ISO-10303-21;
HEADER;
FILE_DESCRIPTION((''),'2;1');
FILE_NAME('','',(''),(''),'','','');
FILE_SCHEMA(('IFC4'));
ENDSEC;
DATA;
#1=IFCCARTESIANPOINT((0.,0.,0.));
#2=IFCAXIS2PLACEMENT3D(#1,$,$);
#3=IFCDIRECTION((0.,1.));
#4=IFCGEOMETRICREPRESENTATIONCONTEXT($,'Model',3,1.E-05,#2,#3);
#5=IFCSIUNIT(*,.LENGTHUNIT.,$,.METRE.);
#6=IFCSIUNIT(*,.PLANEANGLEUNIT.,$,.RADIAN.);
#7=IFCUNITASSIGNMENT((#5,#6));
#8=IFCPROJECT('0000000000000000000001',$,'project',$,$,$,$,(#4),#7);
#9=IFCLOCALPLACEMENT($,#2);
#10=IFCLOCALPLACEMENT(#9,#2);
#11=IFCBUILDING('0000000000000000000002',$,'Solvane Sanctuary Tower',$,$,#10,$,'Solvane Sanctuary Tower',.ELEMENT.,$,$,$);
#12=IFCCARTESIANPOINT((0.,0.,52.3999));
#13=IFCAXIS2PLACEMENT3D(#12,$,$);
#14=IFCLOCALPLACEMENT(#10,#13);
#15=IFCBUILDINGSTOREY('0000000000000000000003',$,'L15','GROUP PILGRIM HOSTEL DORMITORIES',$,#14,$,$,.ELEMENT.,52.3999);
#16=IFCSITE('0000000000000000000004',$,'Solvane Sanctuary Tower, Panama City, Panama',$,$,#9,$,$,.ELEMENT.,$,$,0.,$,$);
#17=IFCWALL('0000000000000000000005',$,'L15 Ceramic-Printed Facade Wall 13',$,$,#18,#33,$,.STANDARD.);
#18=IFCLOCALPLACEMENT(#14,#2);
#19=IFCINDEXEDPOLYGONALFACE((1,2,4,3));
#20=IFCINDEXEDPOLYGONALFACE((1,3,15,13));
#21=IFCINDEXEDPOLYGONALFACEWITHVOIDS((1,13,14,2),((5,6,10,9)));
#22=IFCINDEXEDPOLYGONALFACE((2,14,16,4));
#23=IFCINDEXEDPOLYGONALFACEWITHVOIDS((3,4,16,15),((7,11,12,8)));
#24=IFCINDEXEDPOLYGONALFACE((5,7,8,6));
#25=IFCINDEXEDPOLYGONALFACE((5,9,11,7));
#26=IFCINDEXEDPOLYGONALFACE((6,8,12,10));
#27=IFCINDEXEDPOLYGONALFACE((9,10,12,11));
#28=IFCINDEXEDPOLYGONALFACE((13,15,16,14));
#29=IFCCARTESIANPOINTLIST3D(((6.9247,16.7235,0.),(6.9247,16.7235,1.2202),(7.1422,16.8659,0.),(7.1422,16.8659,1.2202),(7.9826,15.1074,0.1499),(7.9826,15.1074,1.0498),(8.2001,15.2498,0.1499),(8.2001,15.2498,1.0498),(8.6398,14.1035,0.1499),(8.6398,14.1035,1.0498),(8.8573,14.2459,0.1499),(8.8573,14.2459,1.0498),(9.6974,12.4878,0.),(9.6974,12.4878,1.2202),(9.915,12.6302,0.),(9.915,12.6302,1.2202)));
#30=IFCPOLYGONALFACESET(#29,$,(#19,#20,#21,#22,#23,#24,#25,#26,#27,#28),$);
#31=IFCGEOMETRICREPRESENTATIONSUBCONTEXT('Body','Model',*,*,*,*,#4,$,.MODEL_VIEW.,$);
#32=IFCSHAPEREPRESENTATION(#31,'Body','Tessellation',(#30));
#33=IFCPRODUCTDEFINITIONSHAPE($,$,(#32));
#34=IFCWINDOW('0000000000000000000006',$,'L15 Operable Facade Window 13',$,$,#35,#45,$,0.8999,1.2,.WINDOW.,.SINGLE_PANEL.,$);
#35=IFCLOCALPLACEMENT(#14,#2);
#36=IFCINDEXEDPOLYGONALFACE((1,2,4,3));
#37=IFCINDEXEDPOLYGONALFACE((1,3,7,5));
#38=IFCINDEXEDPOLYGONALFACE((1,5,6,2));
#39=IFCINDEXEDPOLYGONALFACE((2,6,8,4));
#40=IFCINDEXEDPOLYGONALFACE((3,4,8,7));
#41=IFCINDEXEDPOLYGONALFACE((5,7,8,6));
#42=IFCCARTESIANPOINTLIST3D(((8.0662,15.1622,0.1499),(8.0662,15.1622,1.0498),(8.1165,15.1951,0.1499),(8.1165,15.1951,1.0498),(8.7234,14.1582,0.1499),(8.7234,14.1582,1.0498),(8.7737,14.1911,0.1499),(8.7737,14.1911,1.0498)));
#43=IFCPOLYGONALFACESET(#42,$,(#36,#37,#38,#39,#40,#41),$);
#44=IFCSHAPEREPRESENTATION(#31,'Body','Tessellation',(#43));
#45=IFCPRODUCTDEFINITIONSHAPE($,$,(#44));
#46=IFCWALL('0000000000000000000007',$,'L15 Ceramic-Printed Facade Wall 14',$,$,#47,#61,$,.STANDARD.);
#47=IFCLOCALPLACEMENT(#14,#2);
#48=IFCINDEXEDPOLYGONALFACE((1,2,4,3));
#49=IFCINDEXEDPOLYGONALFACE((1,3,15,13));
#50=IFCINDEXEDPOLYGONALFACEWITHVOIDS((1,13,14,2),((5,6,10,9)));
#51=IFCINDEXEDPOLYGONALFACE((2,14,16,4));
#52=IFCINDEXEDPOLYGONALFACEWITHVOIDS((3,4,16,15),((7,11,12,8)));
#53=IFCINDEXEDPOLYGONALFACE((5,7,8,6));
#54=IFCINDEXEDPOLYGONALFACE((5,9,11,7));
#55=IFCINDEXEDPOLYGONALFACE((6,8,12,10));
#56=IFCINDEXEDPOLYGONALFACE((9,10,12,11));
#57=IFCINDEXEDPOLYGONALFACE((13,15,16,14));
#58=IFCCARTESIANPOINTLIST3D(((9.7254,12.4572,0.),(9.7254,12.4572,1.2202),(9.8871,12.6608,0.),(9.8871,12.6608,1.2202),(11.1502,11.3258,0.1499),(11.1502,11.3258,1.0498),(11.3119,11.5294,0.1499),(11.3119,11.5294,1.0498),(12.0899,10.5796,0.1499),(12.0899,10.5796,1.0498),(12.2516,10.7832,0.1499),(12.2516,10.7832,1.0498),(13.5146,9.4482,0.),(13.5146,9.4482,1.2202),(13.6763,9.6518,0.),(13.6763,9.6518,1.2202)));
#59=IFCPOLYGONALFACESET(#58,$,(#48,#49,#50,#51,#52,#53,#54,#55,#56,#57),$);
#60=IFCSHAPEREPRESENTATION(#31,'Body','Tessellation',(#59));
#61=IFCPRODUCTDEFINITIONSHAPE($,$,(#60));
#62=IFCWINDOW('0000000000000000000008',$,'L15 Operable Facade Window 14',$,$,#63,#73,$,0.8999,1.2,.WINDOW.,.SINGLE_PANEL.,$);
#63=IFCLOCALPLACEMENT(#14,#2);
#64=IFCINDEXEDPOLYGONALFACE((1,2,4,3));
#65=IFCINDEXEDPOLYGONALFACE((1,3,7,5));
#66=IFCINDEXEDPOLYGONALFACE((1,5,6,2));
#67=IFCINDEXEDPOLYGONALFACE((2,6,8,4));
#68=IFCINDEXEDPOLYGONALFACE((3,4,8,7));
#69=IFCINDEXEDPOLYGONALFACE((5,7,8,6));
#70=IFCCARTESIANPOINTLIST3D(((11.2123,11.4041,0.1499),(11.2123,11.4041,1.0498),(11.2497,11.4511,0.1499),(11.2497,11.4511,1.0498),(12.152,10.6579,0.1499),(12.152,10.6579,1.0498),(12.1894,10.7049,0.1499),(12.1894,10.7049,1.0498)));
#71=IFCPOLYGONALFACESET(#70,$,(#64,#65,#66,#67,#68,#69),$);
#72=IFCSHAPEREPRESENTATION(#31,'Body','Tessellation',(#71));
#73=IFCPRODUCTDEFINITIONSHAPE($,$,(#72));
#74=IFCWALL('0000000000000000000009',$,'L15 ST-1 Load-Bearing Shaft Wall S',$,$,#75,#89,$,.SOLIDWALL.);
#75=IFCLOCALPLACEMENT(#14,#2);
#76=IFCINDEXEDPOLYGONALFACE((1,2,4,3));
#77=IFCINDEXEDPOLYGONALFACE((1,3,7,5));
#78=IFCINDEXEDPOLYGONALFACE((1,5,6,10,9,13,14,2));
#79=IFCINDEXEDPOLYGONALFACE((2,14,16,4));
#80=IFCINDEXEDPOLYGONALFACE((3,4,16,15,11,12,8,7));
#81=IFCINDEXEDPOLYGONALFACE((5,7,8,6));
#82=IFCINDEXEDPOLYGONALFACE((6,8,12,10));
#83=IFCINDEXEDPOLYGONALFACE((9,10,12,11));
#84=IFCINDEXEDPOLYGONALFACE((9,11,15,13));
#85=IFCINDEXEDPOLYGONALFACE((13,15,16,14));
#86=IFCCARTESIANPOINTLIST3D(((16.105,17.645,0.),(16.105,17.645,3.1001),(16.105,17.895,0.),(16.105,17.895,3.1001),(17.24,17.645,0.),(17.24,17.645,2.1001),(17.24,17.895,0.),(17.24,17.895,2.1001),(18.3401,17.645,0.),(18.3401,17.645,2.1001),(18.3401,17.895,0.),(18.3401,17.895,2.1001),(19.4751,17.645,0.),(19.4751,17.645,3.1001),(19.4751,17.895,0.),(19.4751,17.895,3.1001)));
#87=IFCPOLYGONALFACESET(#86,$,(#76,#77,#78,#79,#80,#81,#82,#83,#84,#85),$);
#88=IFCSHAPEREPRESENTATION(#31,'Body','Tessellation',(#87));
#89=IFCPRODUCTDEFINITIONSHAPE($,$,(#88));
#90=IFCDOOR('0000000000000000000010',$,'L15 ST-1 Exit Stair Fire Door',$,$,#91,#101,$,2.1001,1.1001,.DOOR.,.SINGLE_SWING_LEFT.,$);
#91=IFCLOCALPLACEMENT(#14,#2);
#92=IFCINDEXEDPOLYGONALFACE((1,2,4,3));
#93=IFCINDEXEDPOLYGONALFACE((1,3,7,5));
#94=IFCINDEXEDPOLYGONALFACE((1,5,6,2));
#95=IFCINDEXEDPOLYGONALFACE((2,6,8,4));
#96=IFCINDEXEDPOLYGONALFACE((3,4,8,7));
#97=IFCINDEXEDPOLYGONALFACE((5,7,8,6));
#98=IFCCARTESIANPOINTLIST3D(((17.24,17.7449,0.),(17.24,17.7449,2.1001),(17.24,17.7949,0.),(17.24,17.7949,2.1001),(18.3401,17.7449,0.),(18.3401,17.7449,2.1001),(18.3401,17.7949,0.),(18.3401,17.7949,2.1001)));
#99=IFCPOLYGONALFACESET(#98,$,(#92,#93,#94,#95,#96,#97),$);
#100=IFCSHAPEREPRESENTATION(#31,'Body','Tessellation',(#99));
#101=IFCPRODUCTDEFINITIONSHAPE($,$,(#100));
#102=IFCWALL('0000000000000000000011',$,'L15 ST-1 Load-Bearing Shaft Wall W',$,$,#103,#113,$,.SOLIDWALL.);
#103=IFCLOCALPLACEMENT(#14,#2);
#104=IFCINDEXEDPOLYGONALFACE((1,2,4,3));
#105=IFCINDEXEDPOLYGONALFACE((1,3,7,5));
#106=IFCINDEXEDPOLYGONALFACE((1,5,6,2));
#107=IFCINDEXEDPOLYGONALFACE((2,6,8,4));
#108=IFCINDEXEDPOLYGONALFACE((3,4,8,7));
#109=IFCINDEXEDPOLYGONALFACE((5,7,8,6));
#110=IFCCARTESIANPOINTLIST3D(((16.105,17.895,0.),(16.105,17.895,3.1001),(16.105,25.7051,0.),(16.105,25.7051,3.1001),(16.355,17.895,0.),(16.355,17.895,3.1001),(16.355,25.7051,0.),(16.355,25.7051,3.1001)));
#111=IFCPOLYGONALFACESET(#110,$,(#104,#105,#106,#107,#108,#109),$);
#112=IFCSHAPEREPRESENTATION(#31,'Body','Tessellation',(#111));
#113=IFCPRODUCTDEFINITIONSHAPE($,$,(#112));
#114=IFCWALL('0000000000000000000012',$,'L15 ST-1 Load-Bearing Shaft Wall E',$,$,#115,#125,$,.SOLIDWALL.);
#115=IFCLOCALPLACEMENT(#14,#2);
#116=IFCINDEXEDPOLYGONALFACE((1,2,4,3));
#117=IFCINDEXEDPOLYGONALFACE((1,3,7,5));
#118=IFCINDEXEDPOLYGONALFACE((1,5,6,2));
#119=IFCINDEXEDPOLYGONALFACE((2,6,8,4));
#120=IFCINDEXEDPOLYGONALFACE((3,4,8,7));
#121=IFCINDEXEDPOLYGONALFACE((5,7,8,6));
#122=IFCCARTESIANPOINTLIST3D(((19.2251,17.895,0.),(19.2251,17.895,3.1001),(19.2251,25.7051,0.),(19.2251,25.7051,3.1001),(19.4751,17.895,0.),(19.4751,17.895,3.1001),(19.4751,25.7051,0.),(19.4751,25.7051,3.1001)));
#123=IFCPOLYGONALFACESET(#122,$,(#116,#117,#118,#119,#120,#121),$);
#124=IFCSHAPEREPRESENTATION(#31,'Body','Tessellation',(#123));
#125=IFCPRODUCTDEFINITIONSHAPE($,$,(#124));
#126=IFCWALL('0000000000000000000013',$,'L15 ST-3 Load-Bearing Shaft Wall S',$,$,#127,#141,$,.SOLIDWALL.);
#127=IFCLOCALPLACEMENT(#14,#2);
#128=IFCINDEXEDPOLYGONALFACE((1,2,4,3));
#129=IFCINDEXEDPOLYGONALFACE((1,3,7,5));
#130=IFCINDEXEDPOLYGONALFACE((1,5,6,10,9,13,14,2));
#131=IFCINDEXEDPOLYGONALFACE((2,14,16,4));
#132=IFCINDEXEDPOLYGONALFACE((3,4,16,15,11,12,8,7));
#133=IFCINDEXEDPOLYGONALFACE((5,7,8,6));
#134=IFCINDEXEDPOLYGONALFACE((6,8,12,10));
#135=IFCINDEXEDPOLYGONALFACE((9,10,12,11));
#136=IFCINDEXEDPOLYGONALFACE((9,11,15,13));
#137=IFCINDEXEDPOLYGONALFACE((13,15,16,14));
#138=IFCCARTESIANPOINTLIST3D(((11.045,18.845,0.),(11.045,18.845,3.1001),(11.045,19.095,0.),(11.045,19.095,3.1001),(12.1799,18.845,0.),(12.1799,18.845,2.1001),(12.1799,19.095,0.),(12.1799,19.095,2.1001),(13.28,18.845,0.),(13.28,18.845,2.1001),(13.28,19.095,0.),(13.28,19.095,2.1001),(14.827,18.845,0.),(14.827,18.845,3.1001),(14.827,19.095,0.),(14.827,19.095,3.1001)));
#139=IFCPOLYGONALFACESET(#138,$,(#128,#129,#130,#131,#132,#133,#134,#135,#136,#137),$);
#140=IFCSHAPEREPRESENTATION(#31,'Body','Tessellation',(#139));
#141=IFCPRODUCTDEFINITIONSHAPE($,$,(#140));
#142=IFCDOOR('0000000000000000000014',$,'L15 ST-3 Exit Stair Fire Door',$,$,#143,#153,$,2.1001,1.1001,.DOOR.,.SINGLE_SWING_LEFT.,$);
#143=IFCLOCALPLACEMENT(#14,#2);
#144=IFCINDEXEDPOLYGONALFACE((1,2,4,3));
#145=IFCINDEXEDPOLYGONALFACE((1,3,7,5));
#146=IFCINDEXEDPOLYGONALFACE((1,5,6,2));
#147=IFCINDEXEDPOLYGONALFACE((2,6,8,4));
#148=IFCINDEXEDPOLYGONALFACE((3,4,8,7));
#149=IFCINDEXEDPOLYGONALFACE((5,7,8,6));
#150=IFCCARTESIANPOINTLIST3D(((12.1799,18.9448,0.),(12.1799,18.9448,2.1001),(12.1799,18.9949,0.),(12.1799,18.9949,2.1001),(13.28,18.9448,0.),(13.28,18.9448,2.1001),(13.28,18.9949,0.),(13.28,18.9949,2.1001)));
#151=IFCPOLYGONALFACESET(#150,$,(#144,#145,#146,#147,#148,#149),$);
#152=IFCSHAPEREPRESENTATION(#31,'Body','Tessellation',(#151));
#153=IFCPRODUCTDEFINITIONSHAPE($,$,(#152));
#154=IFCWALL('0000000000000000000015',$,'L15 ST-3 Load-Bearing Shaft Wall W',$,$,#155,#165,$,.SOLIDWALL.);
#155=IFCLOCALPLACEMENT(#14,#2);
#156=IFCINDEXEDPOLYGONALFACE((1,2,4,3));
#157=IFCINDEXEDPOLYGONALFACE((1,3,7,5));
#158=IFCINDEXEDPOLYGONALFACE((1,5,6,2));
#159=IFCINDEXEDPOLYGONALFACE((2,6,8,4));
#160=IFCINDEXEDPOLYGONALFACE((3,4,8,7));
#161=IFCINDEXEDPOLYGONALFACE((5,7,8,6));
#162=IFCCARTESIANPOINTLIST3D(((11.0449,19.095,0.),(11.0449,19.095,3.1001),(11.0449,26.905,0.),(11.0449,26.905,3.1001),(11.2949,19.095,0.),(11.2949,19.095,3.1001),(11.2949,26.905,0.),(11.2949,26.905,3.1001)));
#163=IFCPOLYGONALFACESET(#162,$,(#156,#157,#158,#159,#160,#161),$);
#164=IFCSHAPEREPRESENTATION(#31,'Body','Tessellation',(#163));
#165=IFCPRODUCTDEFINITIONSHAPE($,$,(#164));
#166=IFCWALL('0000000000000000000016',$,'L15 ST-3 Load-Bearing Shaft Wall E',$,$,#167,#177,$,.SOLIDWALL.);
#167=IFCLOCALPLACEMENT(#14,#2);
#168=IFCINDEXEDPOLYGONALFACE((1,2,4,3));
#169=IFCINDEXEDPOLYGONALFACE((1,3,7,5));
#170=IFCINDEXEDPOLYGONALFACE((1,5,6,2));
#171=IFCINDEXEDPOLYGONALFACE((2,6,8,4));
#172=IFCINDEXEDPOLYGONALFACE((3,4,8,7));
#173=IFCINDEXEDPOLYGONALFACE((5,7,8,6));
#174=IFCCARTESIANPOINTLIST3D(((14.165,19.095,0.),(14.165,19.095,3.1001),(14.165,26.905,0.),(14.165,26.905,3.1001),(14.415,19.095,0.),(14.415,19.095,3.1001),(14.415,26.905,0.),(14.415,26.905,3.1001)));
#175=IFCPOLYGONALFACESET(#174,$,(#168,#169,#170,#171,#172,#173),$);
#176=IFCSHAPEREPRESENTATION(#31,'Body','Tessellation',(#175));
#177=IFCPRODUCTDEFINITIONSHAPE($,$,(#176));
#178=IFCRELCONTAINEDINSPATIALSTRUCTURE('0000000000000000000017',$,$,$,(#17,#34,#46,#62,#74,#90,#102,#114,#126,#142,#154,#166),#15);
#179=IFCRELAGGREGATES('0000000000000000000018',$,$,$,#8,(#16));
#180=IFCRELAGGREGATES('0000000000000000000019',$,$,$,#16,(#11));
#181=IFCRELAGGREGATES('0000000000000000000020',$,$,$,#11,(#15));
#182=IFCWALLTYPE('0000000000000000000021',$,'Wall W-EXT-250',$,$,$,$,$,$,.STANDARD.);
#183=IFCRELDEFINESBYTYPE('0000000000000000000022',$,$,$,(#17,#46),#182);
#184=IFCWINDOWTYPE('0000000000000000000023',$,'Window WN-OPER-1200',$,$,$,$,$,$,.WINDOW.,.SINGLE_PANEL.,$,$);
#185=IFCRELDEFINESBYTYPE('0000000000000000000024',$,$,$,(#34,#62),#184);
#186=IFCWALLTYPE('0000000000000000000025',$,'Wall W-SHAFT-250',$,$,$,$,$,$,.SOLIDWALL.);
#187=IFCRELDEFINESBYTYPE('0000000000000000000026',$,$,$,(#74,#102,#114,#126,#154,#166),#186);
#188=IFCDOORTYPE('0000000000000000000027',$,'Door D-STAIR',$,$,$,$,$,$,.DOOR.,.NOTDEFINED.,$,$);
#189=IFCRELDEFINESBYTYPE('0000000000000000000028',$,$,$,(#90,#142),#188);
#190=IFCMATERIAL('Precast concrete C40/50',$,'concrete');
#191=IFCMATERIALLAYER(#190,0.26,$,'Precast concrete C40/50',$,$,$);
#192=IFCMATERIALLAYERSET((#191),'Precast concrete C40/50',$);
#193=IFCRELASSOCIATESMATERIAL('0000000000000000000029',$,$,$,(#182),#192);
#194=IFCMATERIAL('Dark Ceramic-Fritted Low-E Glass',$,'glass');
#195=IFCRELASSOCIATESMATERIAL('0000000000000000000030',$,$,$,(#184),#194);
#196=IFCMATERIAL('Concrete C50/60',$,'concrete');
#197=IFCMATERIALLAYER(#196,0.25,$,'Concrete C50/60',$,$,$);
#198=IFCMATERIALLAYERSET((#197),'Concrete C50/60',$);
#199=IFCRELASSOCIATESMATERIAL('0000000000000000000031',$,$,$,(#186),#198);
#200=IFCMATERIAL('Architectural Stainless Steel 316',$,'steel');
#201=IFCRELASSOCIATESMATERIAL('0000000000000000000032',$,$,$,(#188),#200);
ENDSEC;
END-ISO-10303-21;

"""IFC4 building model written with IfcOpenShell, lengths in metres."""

from ifc_helpers import new_model, si_unit, direction, frame, frame_2d, origin, place, context, subcontext, project, spatial, rectangle, extrude, material, layer, layer_set, type_object, element, fill, save


model = new_model("IFC4")

# Units and contexts
model_context = context("Model", 3, precision=1e-05, world=origin(), true_north=direction((0.0, 1.0)))
body_context = subcontext(model_context, "Body", "Model", "MODEL_VIEW")
ifc_project = project(units=[si_unit("LENGTHUNIT", "METRE"), si_unit("PLANEANGLEUNIT", "RADIAN")], contexts=[model_context])

# Site, building, storey
site_placement = place(None, origin())
site = spatial("IfcSite", under=ifc_project, at=site_placement, Name="Solvane Sanctuary Tower, Panama City, Panama", CompositionType="ELEMENT", RefElevation=0.0)
building_placement = place(site_placement, origin())
building = spatial("IfcBuilding", under=site, at=building_placement, Name="Solvane Sanctuary Tower", LongName="Solvane Sanctuary Tower", CompositionType="ELEMENT")
storey_placement = place(building_placement, frame((0.0, 0.0, 52.3999)))
storey = spatial("IfcBuildingStorey", under=building, at=storey_placement, Name="L15", Description="GROUP PILGRIM HOSTEL DORMITORIES", CompositionType="ELEMENT", Elevation=52.3999)

# Walls, openings, windows
ifc_material_1 = material(Name="Precast concrete C40/50", Category="concrete")
ifc_layer_1 = layer(ifc_material_1, 0.26, Name="Precast concrete C40/50")
ifc_layer_set_1 = layer_set([ifc_layer_1], Name="Precast concrete C40/50")
wall_type_1 = type_object("IfcWallType", Name="Wall W-EXT-250", PredefinedType="STANDARD", material=ifc_layer_set_1)
wall_1_placement = place(storey_placement, frame((7.0334, 16.7947, 0.0), z_axis=(0.0, 0.0, 1.0), x_axis=(0.547703, -0.836673, 0.0)))
wall_1 = element("IfcWall", 1, at=wall_1_placement, inside=storey, type_object=wall_type_1, Name="L15 Ceramic-Printed Facade Wall 13", PredefinedType="STANDARD", context=body_context, shape_type="SweptSolid", body=[
    extrude(rectangle(XDim=5.0625, YDim=0.26, at=frame_2d((2.5312, 0.0))), origin(), (0.0, 0.0, 1.0), 1.2202),
])
opening_1_placement = place(wall_1_placement, frame((1.9314, 0.0, 0.1499)))
opening_1 = element("IfcOpeningElement", 2, at=opening_1_placement, cuts=wall_1, PredefinedType="OPENING", context=body_context, shape_type="SweptSolid", body=[
    extrude(rectangle(XDim=1.2, YDim=0.8999, at=frame_2d((0.6001, 0.45))), frame((0.0, 0.1399, 0.0), z_axis=(0.0, -1.0, 0.0), x_axis=(1.0, 0.0, 0.0)), (0.0, 0.0, 1.0), 0.28),
])
ifc_material_2 = material(Name="Dark Ceramic-Fritted Low-E Glass", Category="glass")
window_type = type_object("IfcWindowType", Name="Window WN-OPER-1200", PartitioningType="SINGLE_PANEL", PredefinedType="WINDOW", material=ifc_material_2)
window_1_placement = place(opening_1_placement, origin())
window_1 = element("IfcWindow", 3, at=window_1_placement, inside=storey, type_object=window_type, Name="L15 Operable Facade Window 13", OverallHeight=0.8999, OverallWidth=1.2, PartitioningType="SINGLE_PANEL", PredefinedType="WINDOW", context=body_context, shape_type="SweptSolid", body=[
    extrude(rectangle(XDim=1.2, YDim=0.8999, at=frame_2d((0.6001, 0.45))), frame((0.0, 0.03, 0.0), z_axis=(0.0, -1.0, 0.0), x_axis=(1.0, 0.0, 0.0)), (0.0, 0.0, 1.0), 0.0601),
])
fill(opening_1, window_1)
wall_2_placement = place(storey_placement, frame((9.8062, 12.5591, 0.0), z_axis=(0.0, 0.0, 1.0), x_axis=(0.783123, -0.621867, 0.0)))
wall_2 = element("IfcWall", 4, at=wall_2_placement, inside=storey, type_object=wall_type_1, Name="L15 Ceramic-Printed Facade Wall 14", PredefinedType="STANDARD", context=body_context, shape_type="SweptSolid", body=[
    extrude(rectangle(XDim=4.8386, YDim=0.26, at=frame_2d((2.4194, 0.0))), origin(), (0.0, 0.0, 1.0), 1.2202),
])
opening_2_placement = place(wall_2_placement, frame((1.8193, 0.0, 0.1499)))
opening_2 = element("IfcOpeningElement", 5, at=opening_2_placement, cuts=wall_2, PredefinedType="OPENING", context=body_context, shape_type="SweptSolid", body=[
    extrude(rectangle(XDim=1.2, YDim=0.8999, at=frame_2d((0.6001, 0.45))), frame((0.0, 0.1399, 0.0), z_axis=(0.0, -1.0, 0.0), x_axis=(1.0, 0.0, 0.0)), (0.0, 0.0, 1.0), 0.28),
])
window_2_placement = place(opening_2_placement, origin())
window_2 = element("IfcWindow", 6, at=window_2_placement, inside=storey, type_object=window_type, Name="L15 Operable Facade Window 14", OverallHeight=0.8999, OverallWidth=1.2, PartitioningType="SINGLE_PANEL", PredefinedType="WINDOW", context=body_context, shape_type="SweptSolid", body=[
    extrude(rectangle(XDim=1.2, YDim=0.8999, at=frame_2d((0.6001, 0.45))), frame((0.0, 0.03, 0.0), z_axis=(0.0, -1.0, 0.0), x_axis=(1.0, 0.0, 0.0)), (0.0, 0.0, 1.0), 0.0601),
])
fill(opening_2, window_2)

# Wall, opening, door
ifc_material_3 = material(Name="Concrete C50/60", Category="concrete")
ifc_layer_2 = layer(ifc_material_3, 0.25, Name="Concrete C50/60")
ifc_layer_set_2 = layer_set([ifc_layer_2], Name="Concrete C50/60")
wall_type_2 = type_object("IfcWallType", Name="Wall W-SHAFT-250", PredefinedType="SOLIDWALL", material=ifc_layer_set_2)
wall_3_placement = place(storey_placement, frame((16.105, 17.77, 0.0), z_axis=(0.0, 0.0, 1.0), x_axis=(1.0, 0.0, 0.0)))
wall_3 = element("IfcWall", 7, at=wall_3_placement, inside=storey, type_object=wall_type_2, Name="L15 ST-1 Load-Bearing Shaft Wall S", PredefinedType="SOLIDWALL", context=body_context, shape_type="SweptSolid", body=[
    extrude(rectangle(XDim=3.3701, YDim=0.25, at=frame_2d((1.6851, 0.0))), origin(), (0.0, 0.0, 1.0), 3.1001),
])
opening_3_placement = place(wall_3_placement, frame((1.135, 0.0, 0.0)))
opening_3 = element("IfcOpeningElement", 8, at=opening_3_placement, cuts=wall_3, PredefinedType="OPENING", context=body_context, shape_type="SweptSolid", body=[
    extrude(rectangle(XDim=1.1001, YDim=2.1001, at=frame_2d((0.55, 1.05))), frame((0.0, 0.135, 0.0), z_axis=(0.0, -1.0, 0.0), x_axis=(1.0, 0.0, 0.0)), (0.0, 0.0, 1.0), 0.27),
])
ifc_material_4 = material(Name="Architectural Stainless Steel 316", Category="steel")
door_type_1 = type_object("IfcDoorType", Name="Door D-STAIR", OperationType="NOTDEFINED", PredefinedType="DOOR", material=ifc_material_4)
door_1_placement = place(opening_3_placement, origin())
door_1 = element("IfcDoor", 9, at=door_1_placement, inside=storey, type_object=door_type_1, Name="L15 ST-1 Exit Stair Fire Door", OperationType="SINGLE_SWING_LEFT", OverallHeight=2.1001, OverallWidth=1.1001, PredefinedType="DOOR", context=body_context, shape_type="SweptSolid", body=[
    extrude(rectangle(XDim=1.1001, YDim=2.1001, at=frame_2d((0.55, 1.05))), frame((0.0, 0.0249, 0.0), z_axis=(0.0, -1.0, 0.0), x_axis=(1.0, 0.0, 0.0)), (0.0, 0.0, 1.0), 0.05),
])
fill(opening_3, door_1)

# Walls
for number, where, z_axis, x_axis, name in (
    (10, (16.23, 17.895, 0.0), (0.0, 0.0, 1.0), (0.0, 1.0, 0.0), "L15 ST-1 Load-Bearing Shaft Wall W"),
    (11, (19.3501, 17.895, 0.0), (0.0, 0.0, 1.0), (0.0, 1.0, 0.0), "L15 ST-1 Load-Bearing Shaft Wall E"),
):
    element("IfcWall", number, at=place(storey_placement, frame(where, z_axis=z_axis, x_axis=x_axis)), inside=storey, type_object=wall_type_2, Name=name, PredefinedType="SOLIDWALL", context=body_context, shape_type="SweptSolid", body=[
        extrude(rectangle(XDim=7.8101, YDim=0.25, at=frame_2d((3.905, 0.0))), origin(), (0.0, 0.0, 1.0), 3.1001),
    ])

# Wall, opening, door
wall_4_placement = place(storey_placement, frame((11.0449, 18.97, 0.0), z_axis=(0.0, 0.0, 1.0), x_axis=(1.0, 0.0, 0.0)))
wall_4 = element("IfcWall", 12, at=wall_4_placement, inside=storey, type_object=wall_type_2, Name="L15 ST-3 Load-Bearing Shaft Wall S", PredefinedType="SOLIDWALL", context=body_context, shape_type="SweptSolid", body=[
    extrude(rectangle(XDim=3.782, YDim=0.25, at=frame_2d((1.8911, 0.0))), origin(), (0.0, 0.0, 1.0), 3.1001),
])
opening_4_placement = place(wall_4_placement, frame((1.135, 0.0, 0.0)))
opening_4 = element("IfcOpeningElement", 13, at=opening_4_placement, cuts=wall_4, PredefinedType="OPENING", context=body_context, shape_type="SweptSolid", body=[
    extrude(rectangle(XDim=1.1001, YDim=2.1001, at=frame_2d((0.55, 1.05))), frame((0.0, 0.135, 0.0), z_axis=(0.0, -1.0, 0.0), x_axis=(1.0, 0.0, 0.0)), (0.0, 0.0, 1.0), 0.27),
])
door_2_placement = place(opening_4_placement, origin())
door_2 = element("IfcDoor", 14, at=door_2_placement, inside=storey, type_object=door_type_1, Name="L15 ST-3 Exit Stair Fire Door", OperationType="SINGLE_SWING_LEFT", OverallHeight=2.1001, OverallWidth=1.1001, PredefinedType="DOOR", context=body_context, shape_type="SweptSolid", body=[
    extrude(rectangle(XDim=1.1001, YDim=2.1001, at=frame_2d((0.55, 1.05))), frame((0.0, 0.0249, 0.0), z_axis=(0.0, -1.0, 0.0), x_axis=(1.0, 0.0, 0.0)), (0.0, 0.0, 1.0), 0.05),
])
fill(opening_4, door_2)

# Walls
for number, where, z_axis, x_axis, name in (
    (15, (11.1699, 19.095, 0.0), (0.0, 0.0, 1.0), (0.0, 1.0, 0.0), "L15 ST-3 Load-Bearing Shaft Wall W"),
    (16, (14.29, 19.095, 0.0), (0.0, 0.0, 1.0), (0.0, 1.0, 0.0), "L15 ST-3 Load-Bearing Shaft Wall E"),
):
    element("IfcWall", number, at=place(storey_placement, frame(where, z_axis=z_axis, x_axis=x_axis)), inside=storey, type_object=wall_type_2, Name=name, PredefinedType="SOLIDWALL", context=body_context, shape_type="SweptSolid", body=[
        extrude(rectangle(XDim=7.8101, YDim=0.25, at=frame_2d((3.905, 0.0))), origin(), (0.0, 0.0, 1.0), 3.1001),
    ])

save(model, "model.ifc")
